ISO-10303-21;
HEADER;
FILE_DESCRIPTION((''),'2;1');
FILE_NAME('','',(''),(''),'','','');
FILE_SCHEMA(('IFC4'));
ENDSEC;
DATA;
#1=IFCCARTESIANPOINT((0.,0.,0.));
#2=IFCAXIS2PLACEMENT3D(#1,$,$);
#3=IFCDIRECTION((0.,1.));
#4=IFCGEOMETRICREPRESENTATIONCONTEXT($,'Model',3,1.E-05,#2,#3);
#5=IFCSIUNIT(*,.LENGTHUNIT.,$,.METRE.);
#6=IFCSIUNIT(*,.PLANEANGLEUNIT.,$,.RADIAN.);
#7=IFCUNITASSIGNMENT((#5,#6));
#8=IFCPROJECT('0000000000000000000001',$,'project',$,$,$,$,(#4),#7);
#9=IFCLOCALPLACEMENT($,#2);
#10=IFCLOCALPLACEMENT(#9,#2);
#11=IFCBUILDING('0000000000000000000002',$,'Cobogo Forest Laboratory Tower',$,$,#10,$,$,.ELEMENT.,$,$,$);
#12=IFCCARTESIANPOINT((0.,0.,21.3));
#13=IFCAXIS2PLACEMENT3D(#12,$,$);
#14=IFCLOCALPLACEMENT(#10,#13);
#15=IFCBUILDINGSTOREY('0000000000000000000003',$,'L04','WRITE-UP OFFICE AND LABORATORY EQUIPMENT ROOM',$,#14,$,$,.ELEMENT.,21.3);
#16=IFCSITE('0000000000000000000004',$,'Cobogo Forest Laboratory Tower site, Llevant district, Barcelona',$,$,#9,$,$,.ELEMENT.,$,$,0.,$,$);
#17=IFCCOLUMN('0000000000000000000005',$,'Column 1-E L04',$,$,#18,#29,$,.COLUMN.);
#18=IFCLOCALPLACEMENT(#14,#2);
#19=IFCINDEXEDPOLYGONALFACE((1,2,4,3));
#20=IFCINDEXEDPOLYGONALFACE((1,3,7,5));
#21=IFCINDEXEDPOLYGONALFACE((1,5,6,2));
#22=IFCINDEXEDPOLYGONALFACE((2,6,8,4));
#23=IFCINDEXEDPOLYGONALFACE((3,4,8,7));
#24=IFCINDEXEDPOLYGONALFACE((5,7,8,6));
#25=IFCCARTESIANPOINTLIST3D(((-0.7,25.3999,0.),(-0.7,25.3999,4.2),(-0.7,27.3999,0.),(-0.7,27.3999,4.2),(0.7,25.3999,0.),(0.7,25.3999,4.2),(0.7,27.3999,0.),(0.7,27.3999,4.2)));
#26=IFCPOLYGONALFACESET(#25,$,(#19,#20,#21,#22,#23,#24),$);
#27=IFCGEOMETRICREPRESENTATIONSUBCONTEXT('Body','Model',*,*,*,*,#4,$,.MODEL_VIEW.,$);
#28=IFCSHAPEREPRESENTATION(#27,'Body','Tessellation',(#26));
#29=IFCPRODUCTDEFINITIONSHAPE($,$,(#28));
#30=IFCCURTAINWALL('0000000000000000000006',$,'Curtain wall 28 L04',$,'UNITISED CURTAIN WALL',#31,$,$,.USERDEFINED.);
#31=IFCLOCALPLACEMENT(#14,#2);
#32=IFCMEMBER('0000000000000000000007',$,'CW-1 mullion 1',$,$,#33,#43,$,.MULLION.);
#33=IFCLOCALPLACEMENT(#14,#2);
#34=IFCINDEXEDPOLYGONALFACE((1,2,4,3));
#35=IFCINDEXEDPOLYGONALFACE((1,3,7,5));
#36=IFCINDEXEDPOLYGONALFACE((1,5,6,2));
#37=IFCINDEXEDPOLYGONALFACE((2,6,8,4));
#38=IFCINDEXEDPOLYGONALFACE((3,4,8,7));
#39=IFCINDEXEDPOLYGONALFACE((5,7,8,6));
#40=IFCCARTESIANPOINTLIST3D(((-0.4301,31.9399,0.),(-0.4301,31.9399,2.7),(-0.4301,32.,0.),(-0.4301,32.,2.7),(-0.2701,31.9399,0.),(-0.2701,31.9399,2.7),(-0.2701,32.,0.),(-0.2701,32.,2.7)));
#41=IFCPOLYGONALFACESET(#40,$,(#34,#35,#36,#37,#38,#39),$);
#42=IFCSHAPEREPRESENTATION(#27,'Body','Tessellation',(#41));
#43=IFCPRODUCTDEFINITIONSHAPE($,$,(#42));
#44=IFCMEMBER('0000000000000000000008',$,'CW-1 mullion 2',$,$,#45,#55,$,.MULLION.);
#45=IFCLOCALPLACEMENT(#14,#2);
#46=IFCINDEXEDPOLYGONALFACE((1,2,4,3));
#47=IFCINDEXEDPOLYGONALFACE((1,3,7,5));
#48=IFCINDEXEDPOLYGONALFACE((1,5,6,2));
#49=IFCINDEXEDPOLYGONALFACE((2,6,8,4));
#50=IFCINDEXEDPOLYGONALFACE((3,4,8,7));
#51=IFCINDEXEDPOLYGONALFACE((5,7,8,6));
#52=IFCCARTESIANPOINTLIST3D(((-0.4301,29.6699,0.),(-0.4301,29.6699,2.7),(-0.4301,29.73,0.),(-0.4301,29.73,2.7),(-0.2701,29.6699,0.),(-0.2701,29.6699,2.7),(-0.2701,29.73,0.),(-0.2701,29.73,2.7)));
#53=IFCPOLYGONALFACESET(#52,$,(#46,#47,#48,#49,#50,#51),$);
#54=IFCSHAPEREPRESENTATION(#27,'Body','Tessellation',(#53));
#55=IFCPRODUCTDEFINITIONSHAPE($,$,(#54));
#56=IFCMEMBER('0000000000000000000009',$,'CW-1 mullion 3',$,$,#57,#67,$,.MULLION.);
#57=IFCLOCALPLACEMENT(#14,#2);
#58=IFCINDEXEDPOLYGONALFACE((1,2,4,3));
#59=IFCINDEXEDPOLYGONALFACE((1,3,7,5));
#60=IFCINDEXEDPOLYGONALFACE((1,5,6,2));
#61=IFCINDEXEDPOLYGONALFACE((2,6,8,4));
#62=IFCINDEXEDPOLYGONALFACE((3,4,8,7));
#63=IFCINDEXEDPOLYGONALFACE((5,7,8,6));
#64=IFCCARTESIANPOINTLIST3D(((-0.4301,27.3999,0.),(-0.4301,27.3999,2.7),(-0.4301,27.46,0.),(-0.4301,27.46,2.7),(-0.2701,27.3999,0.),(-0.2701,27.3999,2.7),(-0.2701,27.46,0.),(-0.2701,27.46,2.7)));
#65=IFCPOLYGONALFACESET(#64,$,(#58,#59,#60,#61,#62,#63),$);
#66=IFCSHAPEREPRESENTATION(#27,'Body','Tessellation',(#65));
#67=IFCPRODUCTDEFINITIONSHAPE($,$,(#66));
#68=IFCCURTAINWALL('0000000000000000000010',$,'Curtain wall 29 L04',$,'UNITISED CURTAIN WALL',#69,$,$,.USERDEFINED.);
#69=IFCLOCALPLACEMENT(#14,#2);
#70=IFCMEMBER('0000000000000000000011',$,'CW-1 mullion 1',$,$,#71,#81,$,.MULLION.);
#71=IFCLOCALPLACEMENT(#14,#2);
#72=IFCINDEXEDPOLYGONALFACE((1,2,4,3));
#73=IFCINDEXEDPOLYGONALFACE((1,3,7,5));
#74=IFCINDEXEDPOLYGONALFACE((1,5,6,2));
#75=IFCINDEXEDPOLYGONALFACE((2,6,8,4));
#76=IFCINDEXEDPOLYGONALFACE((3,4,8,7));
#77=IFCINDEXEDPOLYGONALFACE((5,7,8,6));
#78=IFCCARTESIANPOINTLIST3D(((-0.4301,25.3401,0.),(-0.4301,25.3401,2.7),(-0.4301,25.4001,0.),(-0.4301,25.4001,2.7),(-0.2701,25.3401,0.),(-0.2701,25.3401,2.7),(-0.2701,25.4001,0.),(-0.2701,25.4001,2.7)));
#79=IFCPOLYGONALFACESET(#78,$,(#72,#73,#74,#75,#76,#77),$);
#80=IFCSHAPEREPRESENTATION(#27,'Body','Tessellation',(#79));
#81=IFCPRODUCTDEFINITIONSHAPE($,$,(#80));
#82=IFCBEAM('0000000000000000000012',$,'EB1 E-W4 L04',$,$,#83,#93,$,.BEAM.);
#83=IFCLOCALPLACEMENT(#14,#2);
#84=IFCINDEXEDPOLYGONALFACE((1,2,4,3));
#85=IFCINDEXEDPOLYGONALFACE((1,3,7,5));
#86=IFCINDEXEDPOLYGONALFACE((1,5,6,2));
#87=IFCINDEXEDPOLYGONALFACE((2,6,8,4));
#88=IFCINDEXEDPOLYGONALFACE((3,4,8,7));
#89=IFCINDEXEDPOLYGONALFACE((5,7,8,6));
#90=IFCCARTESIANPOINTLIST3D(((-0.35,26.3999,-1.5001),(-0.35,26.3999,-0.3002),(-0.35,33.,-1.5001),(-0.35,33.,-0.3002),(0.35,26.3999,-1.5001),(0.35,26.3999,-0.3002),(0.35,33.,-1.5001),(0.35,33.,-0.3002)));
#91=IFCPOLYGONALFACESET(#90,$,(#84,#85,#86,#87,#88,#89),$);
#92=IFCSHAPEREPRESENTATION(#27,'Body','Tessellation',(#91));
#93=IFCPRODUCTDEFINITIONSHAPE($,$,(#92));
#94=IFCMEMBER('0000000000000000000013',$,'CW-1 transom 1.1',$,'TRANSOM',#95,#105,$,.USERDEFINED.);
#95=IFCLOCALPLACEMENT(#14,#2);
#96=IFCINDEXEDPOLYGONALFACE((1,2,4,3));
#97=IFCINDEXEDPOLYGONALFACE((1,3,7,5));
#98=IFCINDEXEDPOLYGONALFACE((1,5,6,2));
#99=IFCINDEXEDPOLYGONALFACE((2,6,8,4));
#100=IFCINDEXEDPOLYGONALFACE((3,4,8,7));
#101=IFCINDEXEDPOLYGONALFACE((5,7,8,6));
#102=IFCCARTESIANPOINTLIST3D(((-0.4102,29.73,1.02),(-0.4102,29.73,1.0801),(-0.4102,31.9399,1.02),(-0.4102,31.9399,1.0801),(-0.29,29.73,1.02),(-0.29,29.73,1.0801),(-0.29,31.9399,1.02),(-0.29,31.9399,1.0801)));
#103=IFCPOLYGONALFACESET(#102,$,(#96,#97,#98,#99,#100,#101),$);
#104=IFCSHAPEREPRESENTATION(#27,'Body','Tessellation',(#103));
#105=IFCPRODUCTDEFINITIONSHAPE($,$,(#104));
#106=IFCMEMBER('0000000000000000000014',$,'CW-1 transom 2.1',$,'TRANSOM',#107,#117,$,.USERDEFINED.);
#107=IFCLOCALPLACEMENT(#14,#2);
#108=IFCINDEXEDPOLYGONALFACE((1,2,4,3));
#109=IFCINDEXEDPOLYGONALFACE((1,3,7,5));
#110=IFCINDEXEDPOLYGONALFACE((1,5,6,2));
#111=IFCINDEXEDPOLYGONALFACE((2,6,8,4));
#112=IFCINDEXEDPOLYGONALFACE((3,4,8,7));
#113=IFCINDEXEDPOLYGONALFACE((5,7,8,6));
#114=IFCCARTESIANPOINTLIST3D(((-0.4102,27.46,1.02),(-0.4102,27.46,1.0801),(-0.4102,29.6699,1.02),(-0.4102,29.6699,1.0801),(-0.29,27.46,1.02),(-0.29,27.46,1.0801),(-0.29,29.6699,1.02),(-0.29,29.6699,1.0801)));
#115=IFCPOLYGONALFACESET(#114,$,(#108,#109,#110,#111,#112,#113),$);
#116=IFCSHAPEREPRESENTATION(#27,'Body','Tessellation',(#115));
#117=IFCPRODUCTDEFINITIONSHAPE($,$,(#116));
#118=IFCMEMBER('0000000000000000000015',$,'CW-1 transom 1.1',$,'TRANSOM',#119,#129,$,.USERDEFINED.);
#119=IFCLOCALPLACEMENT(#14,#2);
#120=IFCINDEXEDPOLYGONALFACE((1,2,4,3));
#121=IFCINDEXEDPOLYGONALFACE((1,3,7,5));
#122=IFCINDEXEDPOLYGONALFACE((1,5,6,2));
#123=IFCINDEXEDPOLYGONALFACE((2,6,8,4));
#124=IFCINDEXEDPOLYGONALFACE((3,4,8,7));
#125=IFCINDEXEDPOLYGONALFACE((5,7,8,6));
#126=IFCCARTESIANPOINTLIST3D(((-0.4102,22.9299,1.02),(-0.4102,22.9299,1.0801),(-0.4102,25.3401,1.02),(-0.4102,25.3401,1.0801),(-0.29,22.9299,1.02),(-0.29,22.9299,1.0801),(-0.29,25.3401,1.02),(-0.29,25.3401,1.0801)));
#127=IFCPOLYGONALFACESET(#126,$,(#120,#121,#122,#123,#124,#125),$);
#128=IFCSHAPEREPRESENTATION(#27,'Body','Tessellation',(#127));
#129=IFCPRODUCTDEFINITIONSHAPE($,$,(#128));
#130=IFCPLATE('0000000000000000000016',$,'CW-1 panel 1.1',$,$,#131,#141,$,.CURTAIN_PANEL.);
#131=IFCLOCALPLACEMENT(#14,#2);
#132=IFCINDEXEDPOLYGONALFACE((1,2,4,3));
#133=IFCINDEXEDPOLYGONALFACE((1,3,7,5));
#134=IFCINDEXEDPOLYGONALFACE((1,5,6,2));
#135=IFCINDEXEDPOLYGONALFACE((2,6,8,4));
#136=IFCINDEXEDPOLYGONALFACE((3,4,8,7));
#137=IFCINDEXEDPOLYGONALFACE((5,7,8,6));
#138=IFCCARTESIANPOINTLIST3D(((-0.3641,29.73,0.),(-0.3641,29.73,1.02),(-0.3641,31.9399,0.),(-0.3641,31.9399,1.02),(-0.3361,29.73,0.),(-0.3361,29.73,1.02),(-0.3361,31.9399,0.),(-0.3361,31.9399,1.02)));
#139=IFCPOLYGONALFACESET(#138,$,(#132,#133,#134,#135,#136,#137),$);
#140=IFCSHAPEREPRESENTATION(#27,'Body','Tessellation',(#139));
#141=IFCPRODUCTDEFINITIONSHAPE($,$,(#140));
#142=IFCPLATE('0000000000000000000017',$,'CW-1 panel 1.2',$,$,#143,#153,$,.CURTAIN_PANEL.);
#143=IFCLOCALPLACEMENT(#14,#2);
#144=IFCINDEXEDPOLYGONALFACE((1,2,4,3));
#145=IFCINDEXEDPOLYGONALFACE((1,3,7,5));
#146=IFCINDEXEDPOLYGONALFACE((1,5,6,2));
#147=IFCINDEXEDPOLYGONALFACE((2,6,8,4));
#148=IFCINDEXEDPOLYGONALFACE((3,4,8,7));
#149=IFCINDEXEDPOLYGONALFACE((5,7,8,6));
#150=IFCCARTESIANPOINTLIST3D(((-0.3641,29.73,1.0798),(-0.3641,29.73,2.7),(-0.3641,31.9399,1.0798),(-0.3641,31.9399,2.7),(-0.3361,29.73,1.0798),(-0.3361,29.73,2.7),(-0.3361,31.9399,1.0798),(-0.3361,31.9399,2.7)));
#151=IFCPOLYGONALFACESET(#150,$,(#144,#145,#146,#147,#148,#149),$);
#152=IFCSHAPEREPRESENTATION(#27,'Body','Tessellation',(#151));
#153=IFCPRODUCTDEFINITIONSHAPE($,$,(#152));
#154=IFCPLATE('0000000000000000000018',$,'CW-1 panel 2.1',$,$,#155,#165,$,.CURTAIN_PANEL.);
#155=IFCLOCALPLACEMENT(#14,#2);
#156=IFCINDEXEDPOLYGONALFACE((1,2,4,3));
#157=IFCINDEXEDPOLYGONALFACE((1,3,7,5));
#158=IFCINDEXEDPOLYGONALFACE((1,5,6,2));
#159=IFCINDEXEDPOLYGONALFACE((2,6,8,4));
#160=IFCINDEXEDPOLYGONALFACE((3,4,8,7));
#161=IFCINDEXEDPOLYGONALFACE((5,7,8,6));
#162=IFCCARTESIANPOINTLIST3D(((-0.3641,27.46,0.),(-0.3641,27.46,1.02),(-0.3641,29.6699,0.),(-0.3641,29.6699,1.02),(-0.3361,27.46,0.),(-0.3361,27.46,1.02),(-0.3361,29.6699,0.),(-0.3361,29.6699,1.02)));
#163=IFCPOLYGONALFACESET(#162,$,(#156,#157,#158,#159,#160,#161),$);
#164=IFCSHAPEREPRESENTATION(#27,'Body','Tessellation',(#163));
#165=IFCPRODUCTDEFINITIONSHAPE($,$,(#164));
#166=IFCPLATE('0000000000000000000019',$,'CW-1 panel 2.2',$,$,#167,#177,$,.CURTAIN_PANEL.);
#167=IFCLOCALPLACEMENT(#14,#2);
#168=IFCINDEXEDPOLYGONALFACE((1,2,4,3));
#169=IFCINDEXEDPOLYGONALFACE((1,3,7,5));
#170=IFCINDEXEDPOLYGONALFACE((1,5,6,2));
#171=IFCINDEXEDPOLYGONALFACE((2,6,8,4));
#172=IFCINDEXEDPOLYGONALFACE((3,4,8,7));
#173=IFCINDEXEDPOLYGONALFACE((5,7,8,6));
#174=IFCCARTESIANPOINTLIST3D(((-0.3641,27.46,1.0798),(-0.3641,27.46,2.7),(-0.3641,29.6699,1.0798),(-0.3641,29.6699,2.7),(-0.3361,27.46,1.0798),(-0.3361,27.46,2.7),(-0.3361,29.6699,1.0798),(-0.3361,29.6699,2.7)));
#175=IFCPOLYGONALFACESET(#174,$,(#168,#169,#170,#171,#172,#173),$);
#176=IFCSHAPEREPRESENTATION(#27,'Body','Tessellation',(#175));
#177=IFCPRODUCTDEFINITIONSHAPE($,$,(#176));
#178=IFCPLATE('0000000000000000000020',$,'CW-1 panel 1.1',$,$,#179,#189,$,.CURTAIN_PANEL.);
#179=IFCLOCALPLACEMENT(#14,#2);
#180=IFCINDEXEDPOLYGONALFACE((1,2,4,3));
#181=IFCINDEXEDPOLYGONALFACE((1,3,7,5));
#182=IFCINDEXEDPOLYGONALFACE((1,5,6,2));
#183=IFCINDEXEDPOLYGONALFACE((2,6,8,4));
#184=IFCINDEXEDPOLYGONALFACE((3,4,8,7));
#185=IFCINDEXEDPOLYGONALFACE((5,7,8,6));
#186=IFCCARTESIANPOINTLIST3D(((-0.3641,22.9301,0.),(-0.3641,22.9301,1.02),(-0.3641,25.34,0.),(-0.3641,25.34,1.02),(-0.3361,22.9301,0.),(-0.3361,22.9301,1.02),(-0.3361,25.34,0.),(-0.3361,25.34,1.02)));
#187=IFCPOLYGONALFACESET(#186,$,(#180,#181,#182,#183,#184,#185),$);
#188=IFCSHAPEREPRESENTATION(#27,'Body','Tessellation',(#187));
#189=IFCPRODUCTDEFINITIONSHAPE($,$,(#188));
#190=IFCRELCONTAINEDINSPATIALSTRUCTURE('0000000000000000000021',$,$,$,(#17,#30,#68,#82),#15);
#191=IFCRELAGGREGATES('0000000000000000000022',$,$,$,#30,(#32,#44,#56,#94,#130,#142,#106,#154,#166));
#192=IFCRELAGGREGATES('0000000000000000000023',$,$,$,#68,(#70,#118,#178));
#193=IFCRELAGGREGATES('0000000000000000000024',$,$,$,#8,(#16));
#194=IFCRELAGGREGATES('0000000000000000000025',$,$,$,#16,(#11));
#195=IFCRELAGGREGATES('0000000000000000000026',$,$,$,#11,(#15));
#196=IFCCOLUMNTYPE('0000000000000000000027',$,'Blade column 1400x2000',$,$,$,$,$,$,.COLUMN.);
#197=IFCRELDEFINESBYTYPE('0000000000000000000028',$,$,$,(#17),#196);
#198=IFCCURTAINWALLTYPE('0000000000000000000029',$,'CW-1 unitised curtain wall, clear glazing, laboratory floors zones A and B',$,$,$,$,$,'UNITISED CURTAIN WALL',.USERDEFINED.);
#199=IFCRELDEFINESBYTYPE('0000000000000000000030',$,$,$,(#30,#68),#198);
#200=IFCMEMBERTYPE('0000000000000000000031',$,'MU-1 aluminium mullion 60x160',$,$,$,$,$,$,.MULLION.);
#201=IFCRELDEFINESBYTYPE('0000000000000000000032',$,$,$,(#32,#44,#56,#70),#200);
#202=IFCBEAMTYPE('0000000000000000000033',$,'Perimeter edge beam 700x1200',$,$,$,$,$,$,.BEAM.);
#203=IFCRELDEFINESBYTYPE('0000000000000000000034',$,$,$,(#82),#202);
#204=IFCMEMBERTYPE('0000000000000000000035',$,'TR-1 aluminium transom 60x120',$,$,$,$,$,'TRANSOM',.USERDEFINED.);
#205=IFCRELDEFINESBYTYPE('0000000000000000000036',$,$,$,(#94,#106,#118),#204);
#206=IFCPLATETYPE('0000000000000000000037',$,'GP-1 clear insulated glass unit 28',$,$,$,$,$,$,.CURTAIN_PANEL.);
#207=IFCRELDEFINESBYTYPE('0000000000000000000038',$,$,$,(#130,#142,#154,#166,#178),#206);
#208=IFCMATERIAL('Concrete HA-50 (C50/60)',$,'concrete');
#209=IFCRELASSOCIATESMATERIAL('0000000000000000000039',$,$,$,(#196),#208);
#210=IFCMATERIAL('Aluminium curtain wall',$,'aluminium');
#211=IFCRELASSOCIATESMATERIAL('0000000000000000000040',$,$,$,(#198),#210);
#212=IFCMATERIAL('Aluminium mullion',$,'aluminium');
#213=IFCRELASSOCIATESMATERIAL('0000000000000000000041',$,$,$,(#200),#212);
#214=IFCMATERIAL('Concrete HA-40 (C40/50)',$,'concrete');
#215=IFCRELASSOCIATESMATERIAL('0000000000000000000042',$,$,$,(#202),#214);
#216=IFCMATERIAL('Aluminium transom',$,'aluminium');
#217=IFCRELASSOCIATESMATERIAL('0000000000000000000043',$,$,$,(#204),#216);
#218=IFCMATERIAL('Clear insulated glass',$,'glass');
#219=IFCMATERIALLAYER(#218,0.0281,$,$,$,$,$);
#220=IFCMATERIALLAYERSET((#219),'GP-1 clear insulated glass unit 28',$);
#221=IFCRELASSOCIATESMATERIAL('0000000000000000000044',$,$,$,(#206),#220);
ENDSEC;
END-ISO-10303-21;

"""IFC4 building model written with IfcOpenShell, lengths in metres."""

from ifc_helpers import new_model, si_unit, direction, frame, origin, origin_2d, place, context, subcontext, project, spatial, rectangle, extrude, material, layer, layer_set, material_profile, profile_set, type_object, element, aggregate, save


model = new_model("IFC4")

# Units and contexts
model_context = context("Model", 3, precision=1e-05, world=origin(), true_north=direction((0.0, 1.0)))
body_context = subcontext(model_context, "Body", "Model", "MODEL_VIEW")
ifc_project = project(units=[si_unit("LENGTHUNIT", "METRE"), si_unit("PLANEANGLEUNIT", "RADIAN")], contexts=[model_context])

# Site, building, storey
site_placement = place(None, origin())
site = spatial("IfcSite", under=ifc_project, at=site_placement, Name="Cobogo Forest Laboratory Tower site, Llevant district, Barcelona", CompositionType="ELEMENT", RefElevation=0.0)
building_placement = place(site_placement, origin())
building = spatial("IfcBuilding", under=site, at=building_placement, Name="Cobogo Forest Laboratory Tower", CompositionType="ELEMENT")
storey_placement = place(building_placement, frame((0.0, 0.0, 21.3)))
storey = spatial("IfcBuildingStorey", under=building, at=storey_placement, Name="L04", Description="WRITE-UP OFFICE AND LABORATORY EQUIPMENT ROOM", CompositionType="ELEMENT", Elevation=21.3)

# Column
ifc_material_1 = material(Name="Concrete HA-50 (C50/60)", Category="concrete")
ifc_material_profile_1 = material_profile(ifc_material_1, rectangle(XDim=2.0, YDim=1.3999, at=origin_2d()), Name="RC 1400x2000")
ifc_profile_set_1 = profile_set([ifc_material_profile_1], Name="Concrete HA-50 (C50/60)")
column_type = type_object("IfcColumnType", Name="Blade column 1400x2000", PredefinedType="COLUMN", material=ifc_profile_set_1)
column_placement = place(storey_placement, frame((0.0, 26.3999, 0.0), z_axis=(0.0, 0.0, 1.0), x_axis=(0.0, 1.0, 0.0)))
element("IfcColumn", 1, at=column_placement, inside=storey, type_object=column_type, Name="Column 1-E L04", PredefinedType="COLUMN", context=body_context, shape_type="SweptSolid", body=[
    extrude(rectangle(XDim=2.0, YDim=1.3999, at=origin_2d()), origin(), (0.0, 0.0, 1.0), 4.2),
])

# Curtain wall, members
ifc_material_2 = material(Name="Aluminium curtain wall", Category="aluminium")
curtain_wall_type = type_object("IfcCurtainWallType", Name="CW-1 unitised curtain wall, clear glazing, laboratory floors zones A and B", ElementType="UNITISED CURTAIN WALL", PredefinedType="USERDEFINED", material=ifc_material_2)
curtain_wall_1_placement = place(storey_placement, origin())
curtain_wall_1 = element("IfcCurtainWall", 2, at=curtain_wall_1_placement, inside=storey, type_object=curtain_wall_type, Name="Curtain wall 28 L04", ObjectType="UNITISED CURTAIN WALL", PredefinedType="USERDEFINED")
ifc_material_3 = material(Name="Aluminium mullion", Category="aluminium")
ifc_material_profile_2 = material_profile(ifc_material_3, rectangle(XDim=0.0601, YDim=0.1599, at=origin_2d()), Name="AL 60x160")
ifc_profile_set_2 = profile_set([ifc_material_profile_2], Name="Aluminium mullion")
member_type_1 = type_object("IfcMemberType", Name="MU-1 aluminium mullion 60x160", PredefinedType="MULLION", material=ifc_profile_set_2)
member_1_placement = place(storey_placement, frame((-0.3501, 31.97, 0.0), z_axis=(0.0, 0.0, 1.0), x_axis=(0.0, -1.0, 0.0)))
member_1 = element("IfcMember", 3, at=member_1_placement, type_object=member_type_1, Name="CW-1 mullion 1", PredefinedType="MULLION", context=body_context, shape_type="SweptSolid", body=[
    extrude(rectangle(XDim=0.0601, YDim=0.1599, at=origin_2d()), origin(), (0.0, 0.0, 1.0), 2.7),
])
member_2_placement = place(storey_placement, frame((-0.3501, 29.7, 0.0), z_axis=(0.0, 0.0, 1.0), x_axis=(0.0, -1.0, 0.0)))
member_2 = element("IfcMember", 4, at=member_2_placement, type_object=member_type_1, Name="CW-1 mullion 2", PredefinedType="MULLION", context=body_context, shape_type="SweptSolid", body=[
    extrude(rectangle(XDim=0.0601, YDim=0.1599, at=origin_2d()), origin(), (0.0, 0.0, 1.0), 2.7),
])
member_3_placement = place(storey_placement, frame((-0.3501, 27.4299, 0.0), z_axis=(0.0, 0.0, 1.0), x_axis=(0.0, -1.0, 0.0)))
member_3 = element("IfcMember", 5, at=member_3_placement, type_object=member_type_1, Name="CW-1 mullion 3", PredefinedType="MULLION", context=body_context, shape_type="SweptSolid", body=[
    extrude(rectangle(XDim=0.0601, YDim=0.1599, at=origin_2d()), origin(), (0.0, 0.0, 1.0), 2.7),
])

# Curtain wall, member
curtain_wall_2_placement = place(storey_placement, origin())
curtain_wall_2 = element("IfcCurtainWall", 6, at=curtain_wall_2_placement, inside=storey, type_object=curtain_wall_type, Name="Curtain wall 29 L04", ObjectType="UNITISED CURTAIN WALL", PredefinedType="USERDEFINED")
member_4_placement = place(storey_placement, frame((-0.3501, 25.3701, 0.0), z_axis=(0.0, 0.0, 1.0), x_axis=(0.0, -1.0, 0.0)))
member_4 = element("IfcMember", 7, at=member_4_placement, type_object=member_type_1, Name="CW-1 mullion 1", PredefinedType="MULLION", context=body_context, shape_type="SweptSolid", body=[
    extrude(rectangle(XDim=0.0601, YDim=0.1599, at=origin_2d()), origin(), (0.0, 0.0, 1.0), 2.7),
])

# Beam
ifc_material_4 = material(Name="Concrete HA-40 (C40/50)", Category="concrete")
ifc_material_profile_3 = material_profile(ifc_material_4, rectangle(XDim=0.7, YDim=1.2, at=origin_2d()), Name="RC 700x1200")
ifc_profile_set_3 = profile_set([ifc_material_profile_3], Name="Concrete HA-40 (C40/50)")
beam_type = type_object("IfcBeamType", Name="Perimeter edge beam 700x1200", PredefinedType="BEAM", material=ifc_profile_set_3)
beam_placement = place(storey_placement, frame((0.0, 26.3999, -0.9001), z_axis=(0.0, 1.0, 0.0), x_axis=(-1.0, 0.0, 0.0)))
element("IfcBeam", 8, at=beam_placement, inside=storey, type_object=beam_type, Name="EB1 E-W4 L04", PredefinedType="BEAM", context=body_context, shape_type="SweptSolid", body=[
    extrude(rectangle(XDim=0.7, YDim=1.2, at=origin_2d()), origin(), (0.0, 0.0, 1.0), 6.6001),
])

# Members
ifc_material_5 = material(Name="Aluminium transom", Category="aluminium")
ifc_material_profile_4 = material_profile(ifc_material_5, rectangle(XDim=0.1201, YDim=0.0601, at=origin_2d()), Name="AL 60x120")
ifc_profile_set_4 = profile_set([ifc_material_profile_4], Name="Aluminium transom")
member_type_2 = type_object("IfcMemberType", Name="TR-1 aluminium transom 60x120", ElementType="TRANSOM", PredefinedType="USERDEFINED", material=ifc_profile_set_4)
member_5_placement = place(storey_placement, frame((-0.3501, 31.9399, 1.05), z_axis=(0.0, -1.0, 0.0), x_axis=(1.0, 0.0, 0.0)))
member_5 = element("IfcMember", 9, at=member_5_placement, type_object=member_type_2, Name="CW-1 transom 1.1", ObjectType="TRANSOM", PredefinedType="USERDEFINED", context=body_context, shape_type="SweptSolid", body=[
    extrude(rectangle(XDim=0.1201, YDim=0.0601, at=origin_2d()), origin(), (0.0, 0.0, 1.0), 2.21),
])
member_6_placement = place(storey_placement, frame((-0.3501, 29.6699, 1.05), z_axis=(0.0, -1.0, 0.0), x_axis=(1.0, 0.0, 0.0)))
member_6 = element("IfcMember", 10, at=member_6_placement, type_object=member_type_2, Name="CW-1 transom 2.1", ObjectType="TRANSOM", PredefinedType="USERDEFINED", context=body_context, shape_type="SweptSolid", body=[
    extrude(rectangle(XDim=0.1201, YDim=0.0601, at=origin_2d()), origin(), (0.0, 0.0, 1.0), 2.21),
])
member_7_placement = place(storey_placement, frame((-0.3501, 25.3401, 1.05), z_axis=(0.0, -1.0, 0.0), x_axis=(1.0, 0.0, 0.0)))
member_7 = element("IfcMember", 11, at=member_7_placement, type_object=member_type_2, Name="CW-1 transom 1.1", ObjectType="TRANSOM", PredefinedType="USERDEFINED", context=body_context, shape_type="SweptSolid", body=[
    extrude(rectangle(XDim=0.1201, YDim=0.0601, at=origin_2d()), origin(), (0.0, 0.0, 1.0), 2.4102),
])

# Plates
ifc_material_6 = material(Name="Clear insulated glass", Category="glass")
ifc_layer_1 = layer(ifc_material_6, 0.0281)
ifc_layer_set_1 = layer_set([ifc_layer_1], Name="GP-1 clear insulated glass unit 28")
plate_type_1 = type_object("IfcPlateType", Name="GP-1 clear insulated glass unit 28", PredefinedType="CURTAIN_PANEL", material=ifc_layer_set_1)
plate_1_placement = place(storey_placement, frame((-0.3501, 30.835, 0.0), z_axis=(0.0, 0.0, 1.0), x_axis=(0.0, -1.0, 0.0)))
plate_1 = element("IfcPlate", 12, at=plate_1_placement, type_object=plate_type_1, Name="CW-1 panel 1.1", PredefinedType="CURTAIN_PANEL", context=body_context, shape_type="SweptSolid", body=[
    extrude(rectangle(XDim=2.21, YDim=0.0281, at=origin_2d()), origin(), (0.0, 0.0, 1.0), 1.02),
])
plate_2_placement = place(storey_placement, frame((-0.3501, 30.835, 1.0798), z_axis=(0.0, 0.0, 1.0), x_axis=(0.0, -1.0, 0.0)))
plate_2 = element("IfcPlate", 13, at=plate_2_placement, type_object=plate_type_1, Name="CW-1 panel 1.2", PredefinedType="CURTAIN_PANEL", context=body_context, shape_type="SweptSolid", body=[
    extrude(rectangle(XDim=2.21, YDim=0.0281, at=origin_2d()), origin(), (0.0, 0.0, 1.0), 1.6201),
])
plate_3_placement = place(storey_placement, frame((-0.3501, 28.5649, 0.0), z_axis=(0.0, 0.0, 1.0), x_axis=(0.0, -1.0, 0.0)))
plate_3 = element("IfcPlate", 14, at=plate_3_placement, type_object=plate_type_1, Name="CW-1 panel 2.1", PredefinedType="CURTAIN_PANEL", context=body_context, shape_type="SweptSolid", body=[
    extrude(rectangle(XDim=2.21, YDim=0.0281, at=origin_2d()), origin(), (0.0, 0.0, 1.0), 1.02),
])
plate_4_placement = place(storey_placement, frame((-0.3501, 28.5649, 1.0798), z_axis=(0.0, 0.0, 1.0), x_axis=(0.0, -1.0, 0.0)))
plate_4 = element("IfcPlate", 15, at=plate_4_placement, type_object=plate_type_1, Name="CW-1 panel 2.2", PredefinedType="CURTAIN_PANEL", context=body_context, shape_type="SweptSolid", body=[
    extrude(rectangle(XDim=2.21, YDim=0.0281, at=origin_2d()), origin(), (0.0, 0.0, 1.0), 1.6201),
])
aggregate(curtain_wall_1, [member_1, member_2, member_3, member_5, plate_1, plate_2, member_6, plate_3, plate_4])
plate_5_placement = place(storey_placement, frame((-0.3501, 24.135, 0.0), z_axis=(0.0, 0.0, 1.0), x_axis=(0.0, -1.0, 0.0)))
plate_5 = element("IfcPlate", 16, at=plate_5_placement, type_object=plate_type_1, Name="CW-1 panel 1.1", PredefinedType="CURTAIN_PANEL", context=body_context, shape_type="SweptSolid", body=[
    extrude(rectangle(XDim=2.4099, YDim=0.0281, at=origin_2d()), origin(), (0.0, 0.0, 1.0), 1.02),
])
aggregate(curtain_wall_2, [member_4, member_7, plate_5])

save(model, "model.ifc")
